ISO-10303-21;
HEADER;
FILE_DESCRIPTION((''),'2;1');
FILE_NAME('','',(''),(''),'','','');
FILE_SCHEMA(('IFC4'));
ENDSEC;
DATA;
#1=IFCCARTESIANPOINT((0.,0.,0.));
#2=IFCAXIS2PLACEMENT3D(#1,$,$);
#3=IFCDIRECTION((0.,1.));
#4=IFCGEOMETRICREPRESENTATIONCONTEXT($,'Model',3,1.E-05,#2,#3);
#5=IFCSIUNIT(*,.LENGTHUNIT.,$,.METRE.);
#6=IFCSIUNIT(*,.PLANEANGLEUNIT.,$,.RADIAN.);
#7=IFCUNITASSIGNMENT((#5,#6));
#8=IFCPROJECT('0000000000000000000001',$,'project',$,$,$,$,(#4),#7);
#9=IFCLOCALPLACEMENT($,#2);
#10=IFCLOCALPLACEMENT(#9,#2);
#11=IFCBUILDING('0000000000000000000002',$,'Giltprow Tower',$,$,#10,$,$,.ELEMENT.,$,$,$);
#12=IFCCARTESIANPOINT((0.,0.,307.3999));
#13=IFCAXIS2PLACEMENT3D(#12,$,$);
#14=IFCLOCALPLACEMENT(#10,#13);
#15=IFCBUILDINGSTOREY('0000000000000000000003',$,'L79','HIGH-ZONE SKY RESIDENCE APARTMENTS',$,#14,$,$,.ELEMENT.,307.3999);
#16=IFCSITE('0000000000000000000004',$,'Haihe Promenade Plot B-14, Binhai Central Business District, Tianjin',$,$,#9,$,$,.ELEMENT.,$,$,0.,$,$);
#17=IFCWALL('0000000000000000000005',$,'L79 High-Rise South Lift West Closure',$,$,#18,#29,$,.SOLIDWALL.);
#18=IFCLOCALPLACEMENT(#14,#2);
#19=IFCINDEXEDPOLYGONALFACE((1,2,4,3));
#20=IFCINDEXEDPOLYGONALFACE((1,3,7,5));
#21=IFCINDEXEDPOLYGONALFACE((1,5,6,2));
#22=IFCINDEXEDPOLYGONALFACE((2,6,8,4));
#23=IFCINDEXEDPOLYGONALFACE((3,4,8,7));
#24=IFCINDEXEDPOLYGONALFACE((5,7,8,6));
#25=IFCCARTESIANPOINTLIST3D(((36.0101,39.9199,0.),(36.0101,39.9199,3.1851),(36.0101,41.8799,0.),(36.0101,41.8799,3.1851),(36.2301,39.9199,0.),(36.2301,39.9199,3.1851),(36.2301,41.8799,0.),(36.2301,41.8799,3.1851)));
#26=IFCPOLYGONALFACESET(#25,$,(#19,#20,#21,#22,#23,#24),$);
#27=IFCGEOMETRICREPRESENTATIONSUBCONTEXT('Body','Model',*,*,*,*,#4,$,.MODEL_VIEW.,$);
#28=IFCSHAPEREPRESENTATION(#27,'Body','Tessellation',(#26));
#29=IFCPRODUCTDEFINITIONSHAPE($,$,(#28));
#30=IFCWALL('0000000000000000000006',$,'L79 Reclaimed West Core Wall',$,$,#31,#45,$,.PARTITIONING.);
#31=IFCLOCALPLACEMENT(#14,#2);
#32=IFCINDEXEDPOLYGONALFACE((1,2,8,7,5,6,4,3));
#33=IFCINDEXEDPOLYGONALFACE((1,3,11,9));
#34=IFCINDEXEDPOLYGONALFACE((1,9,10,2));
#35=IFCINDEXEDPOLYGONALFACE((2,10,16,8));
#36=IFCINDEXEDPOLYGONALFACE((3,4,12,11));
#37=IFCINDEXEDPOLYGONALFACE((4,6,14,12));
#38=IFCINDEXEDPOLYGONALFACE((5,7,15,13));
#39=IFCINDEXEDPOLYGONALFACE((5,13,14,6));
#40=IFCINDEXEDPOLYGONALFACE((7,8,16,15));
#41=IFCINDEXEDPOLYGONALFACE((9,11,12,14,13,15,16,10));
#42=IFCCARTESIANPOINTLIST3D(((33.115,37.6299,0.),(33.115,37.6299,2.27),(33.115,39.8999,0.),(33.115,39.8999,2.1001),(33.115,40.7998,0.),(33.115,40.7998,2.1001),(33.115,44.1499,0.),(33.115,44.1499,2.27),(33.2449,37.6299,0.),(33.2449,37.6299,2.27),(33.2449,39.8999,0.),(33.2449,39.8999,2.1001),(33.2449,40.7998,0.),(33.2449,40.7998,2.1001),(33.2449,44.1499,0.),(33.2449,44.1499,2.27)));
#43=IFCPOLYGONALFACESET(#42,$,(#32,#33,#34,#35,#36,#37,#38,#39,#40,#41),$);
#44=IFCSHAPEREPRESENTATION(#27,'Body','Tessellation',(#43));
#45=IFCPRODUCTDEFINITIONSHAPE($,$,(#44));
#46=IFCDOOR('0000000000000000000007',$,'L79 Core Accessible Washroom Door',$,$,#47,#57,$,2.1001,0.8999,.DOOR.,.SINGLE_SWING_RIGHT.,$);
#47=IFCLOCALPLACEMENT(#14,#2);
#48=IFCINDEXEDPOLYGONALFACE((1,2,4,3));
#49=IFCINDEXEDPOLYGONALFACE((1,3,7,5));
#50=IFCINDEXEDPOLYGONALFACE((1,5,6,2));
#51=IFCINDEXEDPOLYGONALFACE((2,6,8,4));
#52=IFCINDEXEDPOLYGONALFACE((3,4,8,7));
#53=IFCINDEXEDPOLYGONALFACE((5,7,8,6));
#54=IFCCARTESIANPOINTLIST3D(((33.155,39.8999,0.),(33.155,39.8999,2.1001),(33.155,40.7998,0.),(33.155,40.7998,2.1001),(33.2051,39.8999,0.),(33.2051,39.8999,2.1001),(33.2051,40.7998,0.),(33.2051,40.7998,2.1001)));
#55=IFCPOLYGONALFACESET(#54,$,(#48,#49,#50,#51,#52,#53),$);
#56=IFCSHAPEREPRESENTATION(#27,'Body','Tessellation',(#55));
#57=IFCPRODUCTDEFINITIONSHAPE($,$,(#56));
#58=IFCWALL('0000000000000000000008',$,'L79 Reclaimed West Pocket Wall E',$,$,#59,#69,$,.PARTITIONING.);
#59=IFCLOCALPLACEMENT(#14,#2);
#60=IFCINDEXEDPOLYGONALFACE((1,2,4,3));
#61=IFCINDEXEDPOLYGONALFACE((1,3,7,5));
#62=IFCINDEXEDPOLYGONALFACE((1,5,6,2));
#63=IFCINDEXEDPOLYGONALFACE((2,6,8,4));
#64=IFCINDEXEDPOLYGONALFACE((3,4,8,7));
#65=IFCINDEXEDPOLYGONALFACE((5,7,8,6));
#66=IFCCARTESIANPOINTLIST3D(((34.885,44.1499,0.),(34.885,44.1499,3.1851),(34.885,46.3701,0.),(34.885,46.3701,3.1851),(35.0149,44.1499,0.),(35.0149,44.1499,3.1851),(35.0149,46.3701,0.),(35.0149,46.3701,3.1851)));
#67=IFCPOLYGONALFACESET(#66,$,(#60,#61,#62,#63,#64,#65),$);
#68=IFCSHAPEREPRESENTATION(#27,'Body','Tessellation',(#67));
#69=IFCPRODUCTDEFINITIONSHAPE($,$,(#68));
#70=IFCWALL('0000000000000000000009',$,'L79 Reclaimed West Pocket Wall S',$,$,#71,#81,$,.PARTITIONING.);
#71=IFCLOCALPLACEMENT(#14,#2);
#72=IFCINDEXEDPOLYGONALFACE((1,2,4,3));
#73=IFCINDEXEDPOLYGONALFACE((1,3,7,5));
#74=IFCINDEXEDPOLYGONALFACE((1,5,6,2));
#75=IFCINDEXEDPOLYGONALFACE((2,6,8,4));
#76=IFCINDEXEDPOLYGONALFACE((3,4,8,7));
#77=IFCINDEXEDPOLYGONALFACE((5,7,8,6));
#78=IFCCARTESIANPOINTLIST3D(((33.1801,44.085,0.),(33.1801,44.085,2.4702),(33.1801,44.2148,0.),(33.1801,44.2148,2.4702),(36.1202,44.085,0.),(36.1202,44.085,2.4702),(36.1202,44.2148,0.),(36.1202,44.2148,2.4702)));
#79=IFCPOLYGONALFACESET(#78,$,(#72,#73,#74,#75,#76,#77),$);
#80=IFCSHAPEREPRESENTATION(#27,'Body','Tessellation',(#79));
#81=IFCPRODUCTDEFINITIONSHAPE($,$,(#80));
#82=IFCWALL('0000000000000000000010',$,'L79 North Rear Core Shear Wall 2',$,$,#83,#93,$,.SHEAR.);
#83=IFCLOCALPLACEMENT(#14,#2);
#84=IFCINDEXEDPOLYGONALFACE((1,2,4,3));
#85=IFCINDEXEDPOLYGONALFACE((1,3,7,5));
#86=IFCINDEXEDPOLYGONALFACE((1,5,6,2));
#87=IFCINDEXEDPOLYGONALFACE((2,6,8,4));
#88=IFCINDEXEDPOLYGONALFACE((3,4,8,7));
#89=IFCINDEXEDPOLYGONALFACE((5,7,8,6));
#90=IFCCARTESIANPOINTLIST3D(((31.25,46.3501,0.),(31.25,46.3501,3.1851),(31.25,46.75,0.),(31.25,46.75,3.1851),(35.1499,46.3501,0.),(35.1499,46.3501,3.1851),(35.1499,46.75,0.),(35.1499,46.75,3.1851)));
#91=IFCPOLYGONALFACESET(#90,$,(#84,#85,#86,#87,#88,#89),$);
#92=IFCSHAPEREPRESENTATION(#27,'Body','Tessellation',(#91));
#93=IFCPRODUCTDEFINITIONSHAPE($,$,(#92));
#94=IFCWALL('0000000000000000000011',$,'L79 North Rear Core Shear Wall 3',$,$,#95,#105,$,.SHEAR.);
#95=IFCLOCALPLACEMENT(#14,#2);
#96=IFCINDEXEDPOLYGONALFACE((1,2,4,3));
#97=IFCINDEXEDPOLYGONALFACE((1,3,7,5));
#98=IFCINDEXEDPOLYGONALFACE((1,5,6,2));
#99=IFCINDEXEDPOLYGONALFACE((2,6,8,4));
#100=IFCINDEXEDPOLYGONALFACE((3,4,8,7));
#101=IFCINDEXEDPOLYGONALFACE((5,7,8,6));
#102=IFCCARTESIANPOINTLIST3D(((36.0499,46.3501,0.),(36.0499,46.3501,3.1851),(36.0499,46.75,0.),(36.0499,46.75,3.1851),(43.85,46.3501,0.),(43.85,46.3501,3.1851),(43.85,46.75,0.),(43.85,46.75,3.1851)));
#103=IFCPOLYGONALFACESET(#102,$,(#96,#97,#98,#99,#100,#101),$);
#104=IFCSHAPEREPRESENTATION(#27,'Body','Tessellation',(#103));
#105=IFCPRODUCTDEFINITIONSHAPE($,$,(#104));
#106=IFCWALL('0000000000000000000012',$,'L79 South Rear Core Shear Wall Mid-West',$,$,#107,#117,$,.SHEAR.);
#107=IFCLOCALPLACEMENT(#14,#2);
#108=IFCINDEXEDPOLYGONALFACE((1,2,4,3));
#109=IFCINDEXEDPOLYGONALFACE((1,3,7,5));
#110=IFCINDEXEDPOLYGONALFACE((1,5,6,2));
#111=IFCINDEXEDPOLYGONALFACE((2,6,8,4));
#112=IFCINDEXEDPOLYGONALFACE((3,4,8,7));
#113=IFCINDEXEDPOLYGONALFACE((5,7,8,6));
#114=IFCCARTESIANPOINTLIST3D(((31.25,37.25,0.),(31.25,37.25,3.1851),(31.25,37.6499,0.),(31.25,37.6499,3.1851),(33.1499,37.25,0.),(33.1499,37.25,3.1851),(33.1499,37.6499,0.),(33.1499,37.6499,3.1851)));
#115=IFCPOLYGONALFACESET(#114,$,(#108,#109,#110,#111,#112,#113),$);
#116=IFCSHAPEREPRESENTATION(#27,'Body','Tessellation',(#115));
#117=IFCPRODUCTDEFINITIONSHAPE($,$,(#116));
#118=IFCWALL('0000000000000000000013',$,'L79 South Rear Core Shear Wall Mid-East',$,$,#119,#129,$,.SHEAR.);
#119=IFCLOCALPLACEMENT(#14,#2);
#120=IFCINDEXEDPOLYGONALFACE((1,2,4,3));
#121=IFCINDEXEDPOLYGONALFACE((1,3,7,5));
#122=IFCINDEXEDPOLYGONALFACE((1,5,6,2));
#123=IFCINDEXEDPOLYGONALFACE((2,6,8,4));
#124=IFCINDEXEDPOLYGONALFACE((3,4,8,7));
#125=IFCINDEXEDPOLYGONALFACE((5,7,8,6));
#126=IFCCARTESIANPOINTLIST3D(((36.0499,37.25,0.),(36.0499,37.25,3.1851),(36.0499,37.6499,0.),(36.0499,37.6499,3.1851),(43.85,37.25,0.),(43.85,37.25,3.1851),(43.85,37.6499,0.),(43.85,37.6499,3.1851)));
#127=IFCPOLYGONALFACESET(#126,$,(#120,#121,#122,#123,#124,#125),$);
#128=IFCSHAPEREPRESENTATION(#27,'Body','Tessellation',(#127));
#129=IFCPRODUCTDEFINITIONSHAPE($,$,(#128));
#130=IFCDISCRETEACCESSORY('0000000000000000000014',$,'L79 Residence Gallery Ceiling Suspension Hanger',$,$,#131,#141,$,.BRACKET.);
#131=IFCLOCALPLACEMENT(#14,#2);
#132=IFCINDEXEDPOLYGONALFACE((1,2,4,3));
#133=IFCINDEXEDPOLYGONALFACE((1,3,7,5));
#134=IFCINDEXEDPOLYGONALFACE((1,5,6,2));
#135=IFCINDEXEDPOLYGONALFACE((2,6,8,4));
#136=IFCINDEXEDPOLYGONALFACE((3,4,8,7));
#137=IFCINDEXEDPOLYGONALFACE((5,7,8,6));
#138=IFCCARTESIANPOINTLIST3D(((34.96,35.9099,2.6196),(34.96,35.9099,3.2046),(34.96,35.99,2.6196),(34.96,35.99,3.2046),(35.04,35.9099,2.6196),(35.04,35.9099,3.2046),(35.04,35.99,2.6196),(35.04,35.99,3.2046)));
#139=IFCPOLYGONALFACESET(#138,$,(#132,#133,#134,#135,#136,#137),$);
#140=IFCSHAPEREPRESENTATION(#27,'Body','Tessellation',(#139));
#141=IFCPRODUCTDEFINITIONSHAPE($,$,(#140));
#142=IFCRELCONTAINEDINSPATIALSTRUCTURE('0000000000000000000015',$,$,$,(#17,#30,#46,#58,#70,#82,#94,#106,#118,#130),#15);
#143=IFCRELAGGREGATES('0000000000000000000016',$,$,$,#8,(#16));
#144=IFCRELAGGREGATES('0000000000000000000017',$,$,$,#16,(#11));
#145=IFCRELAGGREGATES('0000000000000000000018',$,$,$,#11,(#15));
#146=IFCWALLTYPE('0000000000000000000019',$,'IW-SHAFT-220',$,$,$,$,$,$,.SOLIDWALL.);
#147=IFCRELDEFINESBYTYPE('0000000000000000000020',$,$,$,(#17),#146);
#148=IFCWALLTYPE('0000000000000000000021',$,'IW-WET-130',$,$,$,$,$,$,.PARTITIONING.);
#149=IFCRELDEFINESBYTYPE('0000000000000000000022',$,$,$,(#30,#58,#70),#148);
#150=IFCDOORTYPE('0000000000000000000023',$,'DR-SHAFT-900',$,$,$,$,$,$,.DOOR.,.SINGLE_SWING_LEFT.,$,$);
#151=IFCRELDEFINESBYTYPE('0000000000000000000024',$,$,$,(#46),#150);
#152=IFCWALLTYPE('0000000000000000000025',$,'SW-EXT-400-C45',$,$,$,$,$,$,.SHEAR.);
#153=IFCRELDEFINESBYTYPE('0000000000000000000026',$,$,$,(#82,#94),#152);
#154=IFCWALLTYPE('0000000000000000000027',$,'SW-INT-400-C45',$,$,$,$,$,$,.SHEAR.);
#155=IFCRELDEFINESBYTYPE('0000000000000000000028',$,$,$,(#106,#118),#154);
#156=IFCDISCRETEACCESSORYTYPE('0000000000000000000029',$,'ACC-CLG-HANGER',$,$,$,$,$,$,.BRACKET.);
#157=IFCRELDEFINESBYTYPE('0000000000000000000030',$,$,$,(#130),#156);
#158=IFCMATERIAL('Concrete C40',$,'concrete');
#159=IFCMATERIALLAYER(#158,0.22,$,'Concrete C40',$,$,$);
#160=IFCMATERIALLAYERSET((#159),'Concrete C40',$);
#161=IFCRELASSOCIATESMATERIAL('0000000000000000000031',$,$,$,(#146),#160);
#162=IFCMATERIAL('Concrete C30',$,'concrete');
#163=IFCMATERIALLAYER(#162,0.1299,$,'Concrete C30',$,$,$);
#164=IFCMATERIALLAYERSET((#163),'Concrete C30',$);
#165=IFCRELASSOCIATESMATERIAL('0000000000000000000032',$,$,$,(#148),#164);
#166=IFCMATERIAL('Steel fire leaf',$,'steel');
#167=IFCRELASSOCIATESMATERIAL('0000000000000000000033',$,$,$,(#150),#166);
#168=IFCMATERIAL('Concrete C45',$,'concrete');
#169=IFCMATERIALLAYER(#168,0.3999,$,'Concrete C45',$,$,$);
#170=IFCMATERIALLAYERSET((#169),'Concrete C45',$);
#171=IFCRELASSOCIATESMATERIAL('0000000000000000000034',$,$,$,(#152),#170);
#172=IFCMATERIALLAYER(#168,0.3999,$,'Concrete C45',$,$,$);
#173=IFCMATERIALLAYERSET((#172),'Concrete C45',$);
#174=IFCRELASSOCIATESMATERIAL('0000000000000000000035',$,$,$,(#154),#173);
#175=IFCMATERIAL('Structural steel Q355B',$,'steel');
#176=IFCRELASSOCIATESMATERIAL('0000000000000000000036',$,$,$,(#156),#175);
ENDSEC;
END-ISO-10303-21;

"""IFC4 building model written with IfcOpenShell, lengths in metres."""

from ifc_helpers import new_model, si_unit, direction, frame, frame_2d, origin, origin_2d, place, context, subcontext, project, spatial, rectangle, extrude, source, transform, mapped, material, layer, layer_set, type_object, element, fill, save


model = new_model("IFC4")

# Units and contexts
model_context = context("Model", 3, precision=1e-05, world=origin(), true_north=direction((0.0, 1.0)))
body_context = subcontext(model_context, "Body", "Model", "MODEL_VIEW")
ifc_project = project(units=[si_unit("LENGTHUNIT", "METRE"), si_unit("PLANEANGLEUNIT", "RADIAN")], contexts=[model_context])

# Site, building, storey
site_placement = place(None, origin())
site = spatial("IfcSite", under=ifc_project, at=site_placement, Name="Haihe Promenade Plot B-14, Binhai Central Business District, Tianjin", CompositionType="ELEMENT", RefElevation=0.0)
building_placement = place(site_placement, origin())
building = spatial("IfcBuilding", under=site, at=building_placement, Name="Giltprow Tower", CompositionType="ELEMENT")
storey_placement = place(building_placement, frame((0.0, 0.0, 307.3999)))
storey = spatial("IfcBuildingStorey", under=building, at=storey_placement, Name="L79", Description="HIGH-ZONE SKY RESIDENCE APARTMENTS", CompositionType="ELEMENT", Elevation=307.3999)

# Shared definitions
ifc_material_1 = material(Name="Concrete C45", Category="concrete")

# Shared definitions
ifc_material_2 = material(Name="Structural steel Q355B", Category="steel")

# Shared definitions
ifc_material_3 = material(Name="Concrete C40", Category="concrete")
ifc_layer_1 = layer(ifc_material_3, 0.22, Name="Concrete C40")
ifc_layer_set_1 = layer_set([ifc_layer_1], Name="Concrete C40")
wall_type_1 = type_object("IfcWallType", Name="IW-SHAFT-220", PredefinedType="SOLIDWALL", material=ifc_layer_set_1)

# Wall
wall_1_placement = place(storey_placement, frame((36.1201, 39.9199, 0.0), z_axis=(0.0, 0.0, 1.0), x_axis=(0.0, 1.0, 0.0)))
element("IfcWall", 1, at=wall_1_placement, inside=storey, type_object=wall_type_1, Name="L79 High-Rise South Lift West Closure", PredefinedType="SOLIDWALL", context=body_context, shape_type="SweptSolid", body=[
    extrude(rectangle(XDim=1.96, YDim=0.22, at=frame_2d((0.98, 0.0))), origin(), (0.0, 0.0, 1.0), 3.1851),
])

# Wall, opening, door
ifc_material_4 = material(Name="Concrete C30", Category="concrete")
ifc_layer_2 = layer(ifc_material_4, 0.1299, Name="Concrete C30")
ifc_layer_set_2 = layer_set([ifc_layer_2], Name="Concrete C30")
wall_type_2 = type_object("IfcWallType", Name="IW-WET-130", PredefinedType="PARTITIONING", material=ifc_layer_set_2)
wall_2_placement = place(storey_placement, frame((33.1799, 37.6299, 0.0), z_axis=(0.0, 0.0, 1.0), x_axis=(0.0, 1.0, 0.0)))
wall_2 = element("IfcWall", 2, at=wall_2_placement, inside=storey, type_object=wall_type_2, Name="L79 Reclaimed West Core Wall", PredefinedType="PARTITIONING", context=body_context, shape_type="SweptSolid", body=[
    extrude(rectangle(XDim=6.52, YDim=0.1299, at=frame_2d((3.26, 0.0))), origin(), (0.0, 0.0, 1.0), 2.27),
])
opening_1_placement = place(wall_2_placement, frame((2.27, 0.0, 0.0)))
opening_1 = element("IfcOpeningElement", 3, at=opening_1_placement, cuts=wall_2, PredefinedType="OPENING", context=body_context, shape_type="SweptSolid", body=[
    extrude(rectangle(XDim=0.8999, YDim=2.1001, at=frame_2d((0.45, 1.05))), frame((0.0, 0.075, 0.0), z_axis=(0.0, -1.0, 0.0), x_axis=(1.0, 0.0, 0.0)), (0.0, 0.0, 1.0), 0.1499),
])
ifc_material_5 = material(Name="Steel fire leaf", Category="steel")
door_type_1 = type_object("IfcDoorType", Name="DR-SHAFT-900", OperationType="SINGLE_SWING_LEFT", PredefinedType="DOOR", material=ifc_material_5)
shared_shape_1 = source(origin(), body_context, "Body", "SweptSolid", [
    extrude(rectangle(XDim=0.8999, YDim=2.1001, at=frame_2d((0.45, 1.05))), frame((0.0, 0.0249, 0.0), z_axis=(0.0, -1.0, 0.0), x_axis=(1.0, 0.0, 0.0)), (0.0, 0.0, 1.0), 0.05),
])
door_1_placement = place(opening_1_placement, origin())
door_1 = element("IfcDoor", 4, at=door_1_placement, inside=storey, type_object=door_type_1, Name="L79 Core Accessible Washroom Door", OperationType="SINGLE_SWING_RIGHT", OverallHeight=2.1001, OverallWidth=0.8999, PredefinedType="DOOR", context=body_context, shape_type="MappedRepresentation", body=[
    mapped(shared_shape_1, transform((0.0, 0.0, 0.0), x_axis=(1.0, 0.0, 0.0), y_axis=(0.0, 1.0, 0.0), z_axis=(0.0, 0.0, 1.0), scale=1.0)),
])
fill(opening_1, door_1)

# Walls
wall_3_placement = place(storey_placement, frame((34.95, 44.1499, 0.0), z_axis=(0.0, 0.0, 1.0), x_axis=(0.0, 1.0, 0.0)))
element("IfcWall", 5, at=wall_3_placement, inside=storey, type_object=wall_type_2, Name="L79 Reclaimed West Pocket Wall E", PredefinedType="PARTITIONING", context=body_context, shape_type="SweptSolid", body=[
    extrude(rectangle(XDim=2.2202, YDim=0.1299, at=frame_2d((1.1101, 0.0))), origin(), (0.0, 0.0, 1.0), 3.1851),
])
wall_4_placement = place(storey_placement, frame((33.1799, 44.1499, 0.0), z_axis=(0.0, 0.0, 1.0), x_axis=(1.0, 0.0, 0.0)))
element("IfcWall", 6, at=wall_4_placement, inside=storey, type_object=wall_type_2, Name="L79 Reclaimed West Pocket Wall S", PredefinedType="PARTITIONING", context=body_context, shape_type="SweptSolid", body=[
    extrude(rectangle(XDim=2.9402, YDim=0.1299, at=frame_2d((1.4702, 0.0))), origin(), (0.0, 0.0, 1.0), 2.4702),
])
ifc_layer_3 = layer(ifc_material_1, 0.3999, Name="Concrete C45")
ifc_layer_set_3 = layer_set([ifc_layer_3], Name="Concrete C45")
wall_type_3 = type_object("IfcWallType", Name="SW-EXT-400-C45", PredefinedType="SHEAR", material=ifc_layer_set_3)
wall_5_placement = place(storey_placement, frame((31.25, 46.55, 0.0), z_axis=(0.0, 0.0, 1.0), x_axis=(1.0, 0.0, 0.0)))
element("IfcWall", 7, at=wall_5_placement, inside=storey, type_object=wall_type_3, Name="L79 North Rear Core Shear Wall 2", PredefinedType="SHEAR", context=body_context, shape_type="SweptSolid", body=[
    extrude(rectangle(XDim=3.8999, YDim=0.3999, at=frame_2d((1.95, 0.0))), origin(), (0.0, 0.0, 1.0), 3.1851),
])
wall_6_placement = place(storey_placement, frame((36.05, 46.55, 0.0), z_axis=(0.0, 0.0, 1.0), x_axis=(1.0, 0.0, 0.0)))
element("IfcWall", 8, at=wall_6_placement, inside=storey, type_object=wall_type_3, Name="L79 North Rear Core Shear Wall 3", PredefinedType="SHEAR", context=body_context, shape_type="SweptSolid", body=[
    extrude(rectangle(XDim=7.8, YDim=0.3999, at=frame_2d((3.8999, 0.0))), origin(), (0.0, 0.0, 1.0), 3.1851),
])
ifc_layer_4 = layer(ifc_material_1, 0.3999, Name="Concrete C45")
ifc_layer_set_4 = layer_set([ifc_layer_4], Name="Concrete C45")
wall_type_4 = type_object("IfcWallType", Name="SW-INT-400-C45", PredefinedType="SHEAR", material=ifc_layer_set_4)
wall_7_placement = place(storey_placement, frame((31.25, 37.45, 0.0), z_axis=(0.0, 0.0, 1.0), x_axis=(1.0, 0.0, 0.0)))
element("IfcWall", 9, at=wall_7_placement, inside=storey, type_object=wall_type_4, Name="L79 South Rear Core Shear Wall Mid-West", PredefinedType="SHEAR", context=body_context, shape_type="SweptSolid", body=[
    extrude(rectangle(XDim=1.8999, YDim=0.3999, at=frame_2d((0.95, 0.0))), origin(), (0.0, 0.0, 1.0), 3.1851),
])
wall_8_placement = place(storey_placement, frame((36.05, 37.45, 0.0), z_axis=(0.0, 0.0, 1.0), x_axis=(1.0, 0.0, 0.0)))
element("IfcWall", 10, at=wall_8_placement, inside=storey, type_object=wall_type_4, Name="L79 South Rear Core Shear Wall Mid-East", PredefinedType="SHEAR", context=body_context, shape_type="SweptSolid", body=[
    extrude(rectangle(XDim=7.8, YDim=0.3999, at=frame_2d((3.8999, 0.0))), origin(), (0.0, 0.0, 1.0), 3.1851),
])

# Discrete accessory
discrete_accessory_type = type_object("IfcDiscreteAccessoryType", Name="ACC-CLG-HANGER", PredefinedType="BRACKET", material=ifc_material_2)
shared_shape_2 = source(origin(), body_context, "Body", "SweptSolid", [
    extrude(rectangle(XDim=0.0801, YDim=0.0801, at=origin_2d()), origin(), (0.0, 0.0, 1.0), 0.585),
])
discrete_accessory_placement = place(storey_placement, frame((35.0, 35.95, 2.6196), z_axis=(0.0, 0.0, 1.0), x_axis=(1.0, 0.0, 0.0)))
element("IfcDiscreteAccessory", 11, at=discrete_accessory_placement, inside=storey, type_object=discrete_accessory_type, Name="L79 Residence Gallery Ceiling Suspension Hanger", PredefinedType="BRACKET", context=body_context, shape_type="MappedRepresentation", body=[
    mapped(shared_shape_2, transform((0.0, 0.0, 0.0), x_axis=(1.0, 0.0, 0.0), y_axis=(0.0, 1.0, 0.0), z_axis=(0.0, 0.0, 1.0), scale=1.0)),
])

save(model, "model.ifc")
